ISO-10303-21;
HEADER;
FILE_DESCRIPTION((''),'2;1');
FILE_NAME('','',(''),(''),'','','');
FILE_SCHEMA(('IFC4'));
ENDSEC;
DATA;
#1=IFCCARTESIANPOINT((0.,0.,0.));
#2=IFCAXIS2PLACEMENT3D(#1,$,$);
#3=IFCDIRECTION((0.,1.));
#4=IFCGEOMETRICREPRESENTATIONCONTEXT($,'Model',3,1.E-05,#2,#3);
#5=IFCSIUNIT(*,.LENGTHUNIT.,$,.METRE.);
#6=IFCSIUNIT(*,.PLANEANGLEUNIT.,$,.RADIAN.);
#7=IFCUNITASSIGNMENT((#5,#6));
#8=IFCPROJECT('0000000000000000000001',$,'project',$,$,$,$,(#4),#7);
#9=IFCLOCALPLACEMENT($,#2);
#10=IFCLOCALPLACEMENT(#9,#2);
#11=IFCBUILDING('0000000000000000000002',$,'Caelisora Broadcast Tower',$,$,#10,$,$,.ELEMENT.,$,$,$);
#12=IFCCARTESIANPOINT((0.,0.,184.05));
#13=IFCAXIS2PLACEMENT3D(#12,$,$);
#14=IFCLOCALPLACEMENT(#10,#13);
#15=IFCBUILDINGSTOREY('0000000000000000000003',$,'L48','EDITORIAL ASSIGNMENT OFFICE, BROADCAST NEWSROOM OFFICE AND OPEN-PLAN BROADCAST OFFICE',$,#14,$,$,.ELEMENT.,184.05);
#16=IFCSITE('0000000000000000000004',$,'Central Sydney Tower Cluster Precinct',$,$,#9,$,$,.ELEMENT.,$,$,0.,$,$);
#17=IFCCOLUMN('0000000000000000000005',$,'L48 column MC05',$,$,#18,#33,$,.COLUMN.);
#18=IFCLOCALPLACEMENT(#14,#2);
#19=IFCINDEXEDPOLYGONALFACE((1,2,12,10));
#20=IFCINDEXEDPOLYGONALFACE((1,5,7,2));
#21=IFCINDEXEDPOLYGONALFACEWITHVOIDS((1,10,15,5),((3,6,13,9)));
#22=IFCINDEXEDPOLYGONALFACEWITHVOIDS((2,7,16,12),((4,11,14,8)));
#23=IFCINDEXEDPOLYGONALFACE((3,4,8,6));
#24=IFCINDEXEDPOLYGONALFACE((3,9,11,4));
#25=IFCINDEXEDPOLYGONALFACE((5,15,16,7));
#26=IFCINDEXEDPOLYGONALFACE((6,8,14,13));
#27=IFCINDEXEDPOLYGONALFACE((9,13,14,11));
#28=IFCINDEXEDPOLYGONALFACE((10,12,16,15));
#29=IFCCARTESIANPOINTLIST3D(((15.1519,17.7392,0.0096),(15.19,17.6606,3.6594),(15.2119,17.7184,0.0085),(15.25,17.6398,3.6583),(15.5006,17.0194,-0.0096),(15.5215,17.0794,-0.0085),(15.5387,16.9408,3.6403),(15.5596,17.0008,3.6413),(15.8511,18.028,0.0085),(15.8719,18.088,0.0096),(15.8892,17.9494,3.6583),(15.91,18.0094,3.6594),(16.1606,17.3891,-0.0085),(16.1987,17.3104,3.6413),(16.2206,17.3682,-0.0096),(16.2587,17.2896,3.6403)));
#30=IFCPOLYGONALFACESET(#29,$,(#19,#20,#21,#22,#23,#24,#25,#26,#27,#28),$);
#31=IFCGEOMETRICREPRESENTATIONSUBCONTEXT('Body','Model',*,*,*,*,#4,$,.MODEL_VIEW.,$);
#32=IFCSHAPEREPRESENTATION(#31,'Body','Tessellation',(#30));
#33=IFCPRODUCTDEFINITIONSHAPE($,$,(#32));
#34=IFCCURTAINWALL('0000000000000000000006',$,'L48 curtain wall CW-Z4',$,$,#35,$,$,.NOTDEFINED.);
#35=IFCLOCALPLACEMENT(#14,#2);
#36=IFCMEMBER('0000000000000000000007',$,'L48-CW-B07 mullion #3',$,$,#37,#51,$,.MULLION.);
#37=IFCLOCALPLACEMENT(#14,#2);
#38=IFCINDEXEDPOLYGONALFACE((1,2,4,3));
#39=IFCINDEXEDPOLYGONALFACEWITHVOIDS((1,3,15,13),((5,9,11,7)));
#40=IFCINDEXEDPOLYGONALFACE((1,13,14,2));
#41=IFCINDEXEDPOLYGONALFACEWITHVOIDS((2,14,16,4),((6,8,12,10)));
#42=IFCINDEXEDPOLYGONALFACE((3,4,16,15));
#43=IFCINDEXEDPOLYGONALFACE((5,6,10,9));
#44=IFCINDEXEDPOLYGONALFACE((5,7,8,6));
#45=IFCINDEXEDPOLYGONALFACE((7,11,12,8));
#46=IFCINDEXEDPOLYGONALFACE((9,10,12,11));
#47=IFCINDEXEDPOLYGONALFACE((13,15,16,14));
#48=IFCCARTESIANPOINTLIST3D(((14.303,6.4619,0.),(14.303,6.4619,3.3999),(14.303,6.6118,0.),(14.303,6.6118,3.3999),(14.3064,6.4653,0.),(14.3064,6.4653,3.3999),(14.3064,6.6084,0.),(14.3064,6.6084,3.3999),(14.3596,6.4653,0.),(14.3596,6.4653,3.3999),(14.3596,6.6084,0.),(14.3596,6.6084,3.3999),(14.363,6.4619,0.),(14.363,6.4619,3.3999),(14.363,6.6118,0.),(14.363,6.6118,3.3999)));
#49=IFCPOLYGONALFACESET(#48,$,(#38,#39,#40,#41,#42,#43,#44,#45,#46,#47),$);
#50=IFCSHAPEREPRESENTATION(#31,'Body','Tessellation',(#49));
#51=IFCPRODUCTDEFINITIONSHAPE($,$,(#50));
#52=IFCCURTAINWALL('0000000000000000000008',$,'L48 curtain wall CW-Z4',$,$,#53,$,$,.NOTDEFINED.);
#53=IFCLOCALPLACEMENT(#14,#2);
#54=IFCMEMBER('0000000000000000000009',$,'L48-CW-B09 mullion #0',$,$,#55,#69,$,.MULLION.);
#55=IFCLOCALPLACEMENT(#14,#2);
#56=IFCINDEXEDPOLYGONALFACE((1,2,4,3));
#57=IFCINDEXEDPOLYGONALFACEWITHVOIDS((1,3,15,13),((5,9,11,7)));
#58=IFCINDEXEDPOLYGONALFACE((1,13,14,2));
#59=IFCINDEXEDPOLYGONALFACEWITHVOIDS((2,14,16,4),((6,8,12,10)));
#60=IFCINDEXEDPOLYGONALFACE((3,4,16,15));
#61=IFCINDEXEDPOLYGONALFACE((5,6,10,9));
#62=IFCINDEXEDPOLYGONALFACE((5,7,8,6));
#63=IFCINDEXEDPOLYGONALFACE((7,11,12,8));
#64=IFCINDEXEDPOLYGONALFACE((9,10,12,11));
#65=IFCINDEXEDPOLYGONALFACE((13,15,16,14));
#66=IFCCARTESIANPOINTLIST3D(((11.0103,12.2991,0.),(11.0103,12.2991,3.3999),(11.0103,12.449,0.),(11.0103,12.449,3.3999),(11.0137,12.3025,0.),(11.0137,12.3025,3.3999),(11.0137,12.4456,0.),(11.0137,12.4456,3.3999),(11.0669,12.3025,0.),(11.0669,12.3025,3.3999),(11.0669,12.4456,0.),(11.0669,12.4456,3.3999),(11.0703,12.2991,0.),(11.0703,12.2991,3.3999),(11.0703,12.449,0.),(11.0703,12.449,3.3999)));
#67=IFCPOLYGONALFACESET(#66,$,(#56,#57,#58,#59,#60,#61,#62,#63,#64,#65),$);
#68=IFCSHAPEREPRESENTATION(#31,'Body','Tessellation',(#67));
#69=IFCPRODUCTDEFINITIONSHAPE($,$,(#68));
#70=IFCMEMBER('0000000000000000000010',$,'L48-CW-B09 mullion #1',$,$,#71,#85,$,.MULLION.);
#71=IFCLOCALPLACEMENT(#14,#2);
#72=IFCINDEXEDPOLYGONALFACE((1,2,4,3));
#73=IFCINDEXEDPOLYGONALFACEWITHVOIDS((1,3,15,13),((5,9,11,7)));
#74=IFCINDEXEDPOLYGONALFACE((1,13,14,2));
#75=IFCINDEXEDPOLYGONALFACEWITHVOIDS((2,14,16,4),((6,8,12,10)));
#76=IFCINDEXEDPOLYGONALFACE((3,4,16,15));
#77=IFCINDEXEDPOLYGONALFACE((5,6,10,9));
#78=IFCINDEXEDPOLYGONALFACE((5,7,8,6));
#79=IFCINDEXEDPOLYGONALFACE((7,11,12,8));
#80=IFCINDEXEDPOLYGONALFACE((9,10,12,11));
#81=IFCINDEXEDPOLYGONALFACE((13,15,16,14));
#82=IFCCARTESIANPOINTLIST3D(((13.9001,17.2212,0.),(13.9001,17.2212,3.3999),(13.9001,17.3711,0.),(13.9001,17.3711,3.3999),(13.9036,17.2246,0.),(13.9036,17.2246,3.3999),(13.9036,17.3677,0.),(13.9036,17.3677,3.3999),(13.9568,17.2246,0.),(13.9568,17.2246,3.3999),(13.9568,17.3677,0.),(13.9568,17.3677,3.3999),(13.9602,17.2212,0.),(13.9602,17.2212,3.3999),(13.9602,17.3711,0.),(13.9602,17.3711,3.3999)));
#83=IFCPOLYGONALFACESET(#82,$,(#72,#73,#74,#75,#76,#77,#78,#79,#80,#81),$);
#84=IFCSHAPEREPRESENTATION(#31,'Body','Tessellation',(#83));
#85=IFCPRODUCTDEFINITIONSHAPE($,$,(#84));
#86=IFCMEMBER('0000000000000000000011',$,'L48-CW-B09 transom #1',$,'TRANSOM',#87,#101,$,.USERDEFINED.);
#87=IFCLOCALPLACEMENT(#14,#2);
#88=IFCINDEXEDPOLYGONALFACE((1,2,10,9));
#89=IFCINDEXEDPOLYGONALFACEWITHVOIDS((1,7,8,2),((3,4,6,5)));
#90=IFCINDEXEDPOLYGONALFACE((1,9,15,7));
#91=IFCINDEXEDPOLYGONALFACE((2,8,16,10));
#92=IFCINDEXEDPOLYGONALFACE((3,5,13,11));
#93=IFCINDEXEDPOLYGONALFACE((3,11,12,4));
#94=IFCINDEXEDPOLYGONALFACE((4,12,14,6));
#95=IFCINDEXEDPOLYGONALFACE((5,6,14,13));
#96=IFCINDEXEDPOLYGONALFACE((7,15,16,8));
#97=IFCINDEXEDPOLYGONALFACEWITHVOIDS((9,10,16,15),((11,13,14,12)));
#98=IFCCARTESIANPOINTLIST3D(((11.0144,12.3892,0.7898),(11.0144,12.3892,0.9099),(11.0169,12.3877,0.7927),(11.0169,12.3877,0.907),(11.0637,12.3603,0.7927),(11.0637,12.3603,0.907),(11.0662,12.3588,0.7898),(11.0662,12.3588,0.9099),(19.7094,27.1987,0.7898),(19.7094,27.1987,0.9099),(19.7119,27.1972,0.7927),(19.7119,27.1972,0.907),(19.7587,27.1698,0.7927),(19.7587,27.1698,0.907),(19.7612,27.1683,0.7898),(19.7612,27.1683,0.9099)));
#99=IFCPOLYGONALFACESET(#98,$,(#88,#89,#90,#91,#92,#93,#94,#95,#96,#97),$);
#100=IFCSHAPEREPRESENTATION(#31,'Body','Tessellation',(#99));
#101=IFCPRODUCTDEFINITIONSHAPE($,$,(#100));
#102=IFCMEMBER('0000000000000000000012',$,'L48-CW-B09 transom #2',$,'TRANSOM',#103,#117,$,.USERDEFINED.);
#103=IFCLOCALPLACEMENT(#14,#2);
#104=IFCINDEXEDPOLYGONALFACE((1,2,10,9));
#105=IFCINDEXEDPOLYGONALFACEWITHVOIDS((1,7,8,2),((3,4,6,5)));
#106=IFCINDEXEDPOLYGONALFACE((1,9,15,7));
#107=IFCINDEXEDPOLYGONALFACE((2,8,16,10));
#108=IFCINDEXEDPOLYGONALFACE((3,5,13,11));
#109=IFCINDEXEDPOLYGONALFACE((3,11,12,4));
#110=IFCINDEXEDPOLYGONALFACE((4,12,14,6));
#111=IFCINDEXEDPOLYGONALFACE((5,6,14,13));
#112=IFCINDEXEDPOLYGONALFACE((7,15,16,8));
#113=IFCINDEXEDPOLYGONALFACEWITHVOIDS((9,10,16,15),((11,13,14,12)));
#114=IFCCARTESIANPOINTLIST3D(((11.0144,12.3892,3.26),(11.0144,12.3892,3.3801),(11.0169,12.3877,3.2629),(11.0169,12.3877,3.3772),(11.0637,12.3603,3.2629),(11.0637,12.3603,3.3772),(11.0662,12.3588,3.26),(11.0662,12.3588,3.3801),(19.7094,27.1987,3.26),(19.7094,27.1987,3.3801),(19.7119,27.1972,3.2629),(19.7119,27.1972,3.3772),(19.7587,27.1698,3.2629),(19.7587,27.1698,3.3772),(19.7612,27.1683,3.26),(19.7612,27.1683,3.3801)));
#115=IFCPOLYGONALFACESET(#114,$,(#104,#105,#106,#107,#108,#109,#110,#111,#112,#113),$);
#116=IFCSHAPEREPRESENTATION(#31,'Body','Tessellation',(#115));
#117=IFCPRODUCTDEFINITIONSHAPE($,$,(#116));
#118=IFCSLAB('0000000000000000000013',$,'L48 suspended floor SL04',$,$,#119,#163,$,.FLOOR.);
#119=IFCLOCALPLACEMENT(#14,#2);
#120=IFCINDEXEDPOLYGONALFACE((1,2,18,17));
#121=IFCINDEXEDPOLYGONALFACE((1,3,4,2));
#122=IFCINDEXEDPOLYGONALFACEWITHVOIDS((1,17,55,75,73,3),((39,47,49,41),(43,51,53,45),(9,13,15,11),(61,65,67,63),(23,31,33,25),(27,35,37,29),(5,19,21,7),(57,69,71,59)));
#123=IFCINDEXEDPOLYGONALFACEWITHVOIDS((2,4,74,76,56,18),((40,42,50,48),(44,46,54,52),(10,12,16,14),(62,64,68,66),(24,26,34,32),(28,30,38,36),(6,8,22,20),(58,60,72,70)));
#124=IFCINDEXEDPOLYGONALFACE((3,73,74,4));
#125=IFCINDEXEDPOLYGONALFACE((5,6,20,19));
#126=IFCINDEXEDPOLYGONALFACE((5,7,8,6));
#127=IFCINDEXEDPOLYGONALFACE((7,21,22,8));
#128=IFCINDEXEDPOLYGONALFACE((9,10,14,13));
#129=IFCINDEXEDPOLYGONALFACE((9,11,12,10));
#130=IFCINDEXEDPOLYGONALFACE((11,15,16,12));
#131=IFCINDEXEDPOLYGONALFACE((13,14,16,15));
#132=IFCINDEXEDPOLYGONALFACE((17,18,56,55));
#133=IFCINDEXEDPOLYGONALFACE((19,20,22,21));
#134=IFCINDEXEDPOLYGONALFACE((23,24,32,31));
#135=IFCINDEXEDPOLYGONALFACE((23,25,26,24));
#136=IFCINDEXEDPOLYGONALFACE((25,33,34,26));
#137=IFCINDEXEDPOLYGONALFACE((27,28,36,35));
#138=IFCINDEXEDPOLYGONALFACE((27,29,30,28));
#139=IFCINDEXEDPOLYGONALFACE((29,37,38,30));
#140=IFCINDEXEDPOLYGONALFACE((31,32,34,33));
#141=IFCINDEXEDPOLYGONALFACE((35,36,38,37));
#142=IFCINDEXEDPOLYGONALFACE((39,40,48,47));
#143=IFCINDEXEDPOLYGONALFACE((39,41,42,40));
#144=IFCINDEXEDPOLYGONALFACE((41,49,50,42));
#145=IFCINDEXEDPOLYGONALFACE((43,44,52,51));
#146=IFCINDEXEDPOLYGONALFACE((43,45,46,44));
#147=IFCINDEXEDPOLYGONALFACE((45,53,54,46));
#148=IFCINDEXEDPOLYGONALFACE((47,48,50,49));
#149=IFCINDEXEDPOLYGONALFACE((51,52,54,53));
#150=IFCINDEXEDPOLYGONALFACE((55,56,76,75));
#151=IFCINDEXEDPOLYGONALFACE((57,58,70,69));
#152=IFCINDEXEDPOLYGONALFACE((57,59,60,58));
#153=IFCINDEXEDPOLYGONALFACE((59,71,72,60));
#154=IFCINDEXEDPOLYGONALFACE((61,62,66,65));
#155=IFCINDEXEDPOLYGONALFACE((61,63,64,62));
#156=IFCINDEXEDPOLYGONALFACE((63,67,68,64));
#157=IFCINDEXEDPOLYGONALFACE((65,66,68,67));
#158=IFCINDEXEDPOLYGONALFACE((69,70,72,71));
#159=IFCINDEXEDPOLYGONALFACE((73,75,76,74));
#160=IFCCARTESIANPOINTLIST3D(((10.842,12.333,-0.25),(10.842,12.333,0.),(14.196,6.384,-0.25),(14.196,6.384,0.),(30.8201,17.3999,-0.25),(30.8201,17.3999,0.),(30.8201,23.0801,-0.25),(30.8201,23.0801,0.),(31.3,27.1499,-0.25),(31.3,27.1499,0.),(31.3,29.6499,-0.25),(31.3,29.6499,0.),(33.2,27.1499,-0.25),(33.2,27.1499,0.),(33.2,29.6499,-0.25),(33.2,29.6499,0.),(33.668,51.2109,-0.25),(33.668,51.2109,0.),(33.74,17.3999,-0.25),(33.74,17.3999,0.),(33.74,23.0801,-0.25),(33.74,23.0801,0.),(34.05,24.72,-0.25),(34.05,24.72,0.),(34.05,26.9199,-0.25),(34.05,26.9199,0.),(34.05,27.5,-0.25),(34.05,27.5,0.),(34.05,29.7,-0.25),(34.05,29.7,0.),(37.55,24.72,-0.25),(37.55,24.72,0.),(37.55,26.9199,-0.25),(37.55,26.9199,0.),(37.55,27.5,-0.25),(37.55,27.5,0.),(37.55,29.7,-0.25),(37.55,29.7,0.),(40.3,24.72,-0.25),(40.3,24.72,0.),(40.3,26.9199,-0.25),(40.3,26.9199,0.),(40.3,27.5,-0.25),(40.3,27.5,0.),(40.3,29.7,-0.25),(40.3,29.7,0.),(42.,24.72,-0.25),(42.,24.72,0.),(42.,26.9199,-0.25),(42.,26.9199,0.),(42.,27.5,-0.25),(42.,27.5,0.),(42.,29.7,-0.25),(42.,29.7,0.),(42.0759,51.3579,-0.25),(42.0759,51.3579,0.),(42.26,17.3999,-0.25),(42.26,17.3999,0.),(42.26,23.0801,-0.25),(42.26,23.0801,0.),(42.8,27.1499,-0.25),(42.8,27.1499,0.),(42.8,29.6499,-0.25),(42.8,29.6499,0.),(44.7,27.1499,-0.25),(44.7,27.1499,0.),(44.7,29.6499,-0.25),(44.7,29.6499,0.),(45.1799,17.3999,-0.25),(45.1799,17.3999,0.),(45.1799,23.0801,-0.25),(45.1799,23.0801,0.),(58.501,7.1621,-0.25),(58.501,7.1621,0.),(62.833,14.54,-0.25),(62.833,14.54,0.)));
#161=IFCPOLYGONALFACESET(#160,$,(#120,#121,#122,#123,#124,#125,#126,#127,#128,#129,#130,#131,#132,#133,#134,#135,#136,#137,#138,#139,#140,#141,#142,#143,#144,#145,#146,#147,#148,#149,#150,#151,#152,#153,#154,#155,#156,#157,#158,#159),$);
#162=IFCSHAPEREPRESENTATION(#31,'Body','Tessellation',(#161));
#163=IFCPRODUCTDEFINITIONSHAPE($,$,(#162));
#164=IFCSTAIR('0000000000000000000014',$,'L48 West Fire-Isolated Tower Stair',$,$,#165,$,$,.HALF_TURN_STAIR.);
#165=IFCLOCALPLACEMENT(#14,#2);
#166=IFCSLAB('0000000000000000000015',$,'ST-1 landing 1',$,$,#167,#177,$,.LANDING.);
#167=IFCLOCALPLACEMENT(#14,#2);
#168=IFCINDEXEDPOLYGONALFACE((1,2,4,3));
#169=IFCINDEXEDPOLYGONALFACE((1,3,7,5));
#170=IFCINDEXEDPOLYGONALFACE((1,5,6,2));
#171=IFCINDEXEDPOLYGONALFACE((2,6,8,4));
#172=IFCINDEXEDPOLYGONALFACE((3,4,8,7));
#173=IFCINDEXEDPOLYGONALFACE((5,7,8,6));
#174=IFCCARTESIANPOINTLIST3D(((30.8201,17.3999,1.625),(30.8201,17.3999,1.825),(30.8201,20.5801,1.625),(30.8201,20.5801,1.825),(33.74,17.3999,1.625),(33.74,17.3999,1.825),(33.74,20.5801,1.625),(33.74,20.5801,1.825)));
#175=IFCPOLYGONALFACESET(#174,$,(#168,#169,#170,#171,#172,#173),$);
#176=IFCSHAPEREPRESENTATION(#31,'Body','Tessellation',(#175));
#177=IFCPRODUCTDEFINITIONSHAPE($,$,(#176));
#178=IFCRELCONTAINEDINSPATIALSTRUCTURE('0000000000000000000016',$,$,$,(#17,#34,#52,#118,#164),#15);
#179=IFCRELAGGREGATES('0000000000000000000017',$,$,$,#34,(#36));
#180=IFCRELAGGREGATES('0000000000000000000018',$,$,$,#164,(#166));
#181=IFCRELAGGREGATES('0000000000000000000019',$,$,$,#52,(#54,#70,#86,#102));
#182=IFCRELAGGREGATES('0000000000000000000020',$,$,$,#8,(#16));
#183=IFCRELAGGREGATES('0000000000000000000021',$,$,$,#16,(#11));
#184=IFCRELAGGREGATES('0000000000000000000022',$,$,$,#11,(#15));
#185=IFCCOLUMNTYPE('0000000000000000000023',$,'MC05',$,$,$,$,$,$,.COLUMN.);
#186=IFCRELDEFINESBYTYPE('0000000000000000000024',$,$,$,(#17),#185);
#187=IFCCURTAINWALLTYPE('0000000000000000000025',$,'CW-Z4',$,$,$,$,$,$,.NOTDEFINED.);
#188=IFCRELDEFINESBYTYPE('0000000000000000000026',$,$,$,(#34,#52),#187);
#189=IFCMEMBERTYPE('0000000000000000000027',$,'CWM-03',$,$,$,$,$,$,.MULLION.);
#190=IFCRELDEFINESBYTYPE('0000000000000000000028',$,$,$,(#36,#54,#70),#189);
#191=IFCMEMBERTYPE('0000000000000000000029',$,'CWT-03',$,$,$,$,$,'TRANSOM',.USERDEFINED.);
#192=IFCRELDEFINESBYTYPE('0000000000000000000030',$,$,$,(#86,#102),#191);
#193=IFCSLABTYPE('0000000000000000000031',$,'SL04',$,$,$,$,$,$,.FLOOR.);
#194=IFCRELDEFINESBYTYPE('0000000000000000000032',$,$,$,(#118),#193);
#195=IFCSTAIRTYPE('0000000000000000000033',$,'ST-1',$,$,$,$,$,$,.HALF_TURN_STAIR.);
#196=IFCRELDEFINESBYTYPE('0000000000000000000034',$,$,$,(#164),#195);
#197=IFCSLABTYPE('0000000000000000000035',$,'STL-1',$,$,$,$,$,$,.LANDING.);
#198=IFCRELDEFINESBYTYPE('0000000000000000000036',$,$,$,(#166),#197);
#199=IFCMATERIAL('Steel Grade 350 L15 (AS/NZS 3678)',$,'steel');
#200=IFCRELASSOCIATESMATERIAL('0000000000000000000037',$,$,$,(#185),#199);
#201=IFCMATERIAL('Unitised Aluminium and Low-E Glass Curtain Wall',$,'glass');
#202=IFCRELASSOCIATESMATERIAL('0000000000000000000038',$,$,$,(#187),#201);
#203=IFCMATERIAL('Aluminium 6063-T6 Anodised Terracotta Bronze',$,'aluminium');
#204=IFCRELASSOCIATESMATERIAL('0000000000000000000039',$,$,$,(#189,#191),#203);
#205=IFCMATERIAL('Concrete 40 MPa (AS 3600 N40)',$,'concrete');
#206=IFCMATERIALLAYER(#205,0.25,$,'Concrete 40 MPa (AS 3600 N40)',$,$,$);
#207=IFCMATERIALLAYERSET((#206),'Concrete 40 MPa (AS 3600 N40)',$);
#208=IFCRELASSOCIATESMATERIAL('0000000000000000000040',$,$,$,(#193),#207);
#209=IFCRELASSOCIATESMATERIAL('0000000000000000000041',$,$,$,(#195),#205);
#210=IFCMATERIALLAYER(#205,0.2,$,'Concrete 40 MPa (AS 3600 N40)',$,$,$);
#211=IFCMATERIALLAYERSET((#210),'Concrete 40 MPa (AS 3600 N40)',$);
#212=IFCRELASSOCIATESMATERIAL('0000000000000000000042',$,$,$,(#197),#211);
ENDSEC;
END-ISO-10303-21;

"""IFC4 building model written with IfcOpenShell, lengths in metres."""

from ifc_helpers import new_model, si_unit, direction, frame, origin, origin_2d, place, context, subcontext, project, spatial, polyline, hollow_rectangle, outline, extrude, source, transform, mapped, material, layer, layer_set, material_profile, profile_set, type_object, type_shapes, element, aggregate, save


model = new_model("IFC4")

# Units and contexts
model_context = context("Model", 3, precision=1e-05, world=origin(), true_north=direction((0.0, 1.0)))
body_context = subcontext(model_context, "Body", "Model", "MODEL_VIEW")
ifc_project = project(units=[si_unit("LENGTHUNIT", "METRE"), si_unit("PLANEANGLEUNIT", "RADIAN")], contexts=[model_context])

# Site, building, storey
site_placement = place(None, origin())
site = spatial("IfcSite", under=ifc_project, at=site_placement, Name="Central Sydney Tower Cluster Precinct", CompositionType="ELEMENT", RefElevation=0.0)
building_placement = place(site_placement, origin())
building = spatial("IfcBuilding", under=site, at=building_placement, Name="Caelisora Broadcast Tower", CompositionType="ELEMENT")
storey_placement = place(building_placement, frame((0.0, 0.0, 184.05)))
storey = spatial("IfcBuildingStorey", under=building, at=storey_placement, Name="L48", Description="EDITORIAL ASSIGNMENT OFFICE, BROADCAST NEWSROOM OFFICE AND OPEN-PLAN BROADCAST OFFICE", CompositionType="ELEMENT", Elevation=184.05)

# Column
ifc_material_1 = material(Name="Steel Grade 350 L15 (AS/NZS 3678)", Category="steel")
ifc_material_profile_1 = material_profile(ifc_material_1, hollow_rectangle(XDim=0.8, YDim=0.8, WallThickness=0.0449, at=origin_2d()), Name="Steel Grade 350 L15 (AS/NZS 3678)")
ifc_profile_set_1 = profile_set([ifc_material_profile_1], Name="Steel Grade 350 L15 (AS/NZS 3678)")
column_type = type_object("IfcColumnType", Name="MC05", PredefinedType="COLUMN", material=ifc_profile_set_1)
shared_shape_1 = source(origin(), body_context, "Body", "SweptSolid", [
    extrude(hollow_rectangle(XDim=0.8, YDim=0.8, WallThickness=0.0449, at=origin_2d()), origin(), (0.0, 0.0, 1.0), 3.6509),
])
type_shapes(column_type, [shared_shape_1])
column_placement = place(storey_placement, frame((15.6863, 17.5537, 0.0), z_axis=(0.010432, -0.021532, 0.999714), x_axis=(0.899947, 0.435999, 0.0)))
element("IfcColumn", 1, at=column_placement, inside=storey, type_object=column_type, Name="L48 column MC05", PredefinedType="COLUMN", context=body_context, shape_type="MappedRepresentation", body=[
    mapped(shared_shape_1, transform((0.0, 0.0, 0.0), scale=1.0)),
])

# Curtain wall, member
ifc_material_2 = material(Name="Unitised Aluminium and Low-E Glass Curtain Wall", Category="glass")
curtain_wall_type = type_object("IfcCurtainWallType", Name="CW-Z4", PredefinedType="NOTDEFINED", material=ifc_material_2)
curtain_wall_1_placement = place(storey_placement, origin())
curtain_wall_1 = element("IfcCurtainWall", 2, at=curtain_wall_1_placement, inside=storey, type_object=curtain_wall_type, Name="L48 curtain wall CW-Z4", PredefinedType="NOTDEFINED")
ifc_material_3 = material(Name="Aluminium 6063-T6 Anodised Terracotta Bronze", Category="aluminium")
ifc_material_profile_2 = material_profile(ifc_material_3, hollow_rectangle(XDim=0.0601, YDim=0.1499, WallThickness=0.0034, at=origin_2d()), Name="Aluminium 6063-T6 Anodised Terracotta Bronze")
ifc_profile_set_2 = profile_set([ifc_material_profile_2], Name="Aluminium 6063-T6 Anodised Terracotta Bronze")
member_type_1 = type_object("IfcMemberType", Name="CWM-03", PredefinedType="MULLION", material=ifc_profile_set_2)
shared_shape_2 = source(origin(), body_context, "Body", "SweptSolid", [
    extrude(hollow_rectangle(XDim=0.0601, YDim=0.1499, WallThickness=0.0034, at=origin_2d()), origin(), (0.0, 0.0, 1.0), 3.3999),
])
type_shapes(member_type_1, [shared_shape_2])
member_1_placement = place(storey_placement, frame((14.333, 6.5369, 0.0), z_axis=(0.0, 0.0, 1.0), x_axis=(1.0, 0.0, 0.0)))
member_1 = element("IfcMember", 3, at=member_1_placement, type_object=member_type_1, Name="L48-CW-B07 mullion #3", PredefinedType="MULLION", context=body_context, shape_type="MappedRepresentation", body=[
    mapped(shared_shape_2, transform((0.0, 0.0, 0.0), scale=1.0)),
])
aggregate(curtain_wall_1, [member_1])

# Curtain wall, members
curtain_wall_2_placement = place(storey_placement, origin())
curtain_wall_2 = element("IfcCurtainWall", 4, at=curtain_wall_2_placement, inside=storey, type_object=curtain_wall_type, Name="L48 curtain wall CW-Z4", PredefinedType="NOTDEFINED")
member_2_placement = place(storey_placement, frame((11.0403, 12.374, 0.0), z_axis=(0.0, 0.0, 1.0), x_axis=(1.0, 0.0, 0.0)))
member_2 = element("IfcMember", 5, at=member_2_placement, type_object=member_type_1, Name="L48-CW-B09 mullion #0", PredefinedType="MULLION", context=body_context, shape_type="MappedRepresentation", body=[
    mapped(shared_shape_2, transform((0.0, 0.0, 0.0), scale=1.0)),
])
member_3_placement = place(storey_placement, frame((13.9302, 17.2961, 0.0), z_axis=(0.0, 0.0, 1.0), x_axis=(1.0, 0.0, 0.0)))
member_3 = element("IfcMember", 6, at=member_3_placement, type_object=member_type_1, Name="L48-CW-B09 mullion #1", PredefinedType="MULLION", context=body_context, shape_type="MappedRepresentation", body=[
    mapped(shared_shape_2, transform((0.0, 0.0, 0.0), scale=1.0)),
])
ifc_material_profile_3 = material_profile(ifc_material_3, hollow_rectangle(XDim=0.0601, YDim=0.1201, WallThickness=0.0029, at=origin_2d()), Name="Aluminium 6063-T6 Anodised Terracotta Bronze")
ifc_profile_set_3 = profile_set([ifc_material_profile_3], Name="Aluminium 6063-T6 Anodised Terracotta Bronze")
member_type_2 = type_object("IfcMemberType", Name="CWT-03", ElementType="TRANSOM", PredefinedType="USERDEFINED", material=ifc_profile_set_3)
shared_shape_3 = source(origin(), body_context, "Body", "SweptSolid", [
    extrude(hollow_rectangle(XDim=0.0601, YDim=0.1201, WallThickness=0.0029, at=origin_2d()), origin(), (0.0, 0.0, 1.0), 17.1733),
])
type_shapes(member_type_2, [shared_shape_3])
member_4_placement = place(storey_placement, frame((11.0403, 12.374, 0.8499), z_axis=(0.506309, 0.862352, 0.0), x_axis=(-0.862352, 0.506309, 0.0)))
member_4 = element("IfcMember", 7, at=member_4_placement, type_object=member_type_2, Name="L48-CW-B09 transom #1", ObjectType="TRANSOM", PredefinedType="USERDEFINED", context=body_context, shape_type="MappedRepresentation", body=[
    mapped(shared_shape_3, transform((0.0, 0.0, 0.0), scale=1.0)),
])
member_5_placement = place(storey_placement, frame((11.0403, 12.374, 3.3201), z_axis=(0.506309, 0.862352, 0.0), x_axis=(-0.862352, 0.506309, 0.0)))
member_5 = element("IfcMember", 8, at=member_5_placement, type_object=member_type_2, Name="L48-CW-B09 transom #2", ObjectType="TRANSOM", PredefinedType="USERDEFINED", context=body_context, shape_type="MappedRepresentation", body=[
    mapped(shared_shape_3, transform((0.0, 0.0, 0.0), scale=1.0)),
])

# Slab
ifc_material_4 = material(Name="Concrete 40 MPa (AS 3600 N40)", Category="concrete")
ifc_layer_1 = layer(ifc_material_4, 0.25, Name="Concrete 40 MPa (AS 3600 N40)")
ifc_layer_set_1 = layer_set([ifc_layer_1], Name="Concrete 40 MPa (AS 3600 N40)")
slab_type_1 = type_object("IfcSlabType", Name="SL04", PredefinedType="FLOOR", material=ifc_layer_set_1)
slab_1_placement = place(storey_placement, frame((0.0, 0.0, -0.25)))
element("IfcSlab", 9, at=slab_1_placement, inside=storey, type_object=slab_type_1, Name="L48 suspended floor SL04", PredefinedType="FLOOR", context=body_context, shape_type="SweptSolid", body=[
    extrude(outline(polyline([(42.0759, 51.3579), (33.668, 51.2109), (10.842, 12.333), (14.196, 6.384), (58.501, 7.1621), (62.833, 14.54), (42.0759, 51.3579)]), holes=[polyline([(30.8201, 17.3999), (33.74, 17.3999), (33.74, 23.0801), (30.8201, 23.0801), (30.8201, 17.3999)]), polyline([(42.26, 17.3999), (45.1799, 17.3999), (45.1799, 23.0801), (42.26, 23.0801), (42.26, 17.3999)]), polyline([(42.8, 27.1499), (44.7, 27.1499), (44.7, 29.6499), (42.8, 29.6499), (42.8, 27.1499)]), polyline([(40.3, 24.72), (42.0, 24.72), (42.0, 26.9199), (40.3, 26.9199), (40.3, 24.72)]), polyline([(40.3, 27.5), (42.0, 27.5), (42.0, 29.7), (40.3, 29.7), (40.3, 27.5)]), polyline([(34.05, 24.72), (37.55, 24.72), (37.55, 26.9199), (34.05, 26.9199), (34.05, 24.72)]), polyline([(34.05, 27.5), (37.55, 27.5), (37.55, 29.7), (34.05, 29.7), (34.05, 27.5)]), polyline([(31.3, 27.1499), (33.2, 27.1499), (33.2, 29.6499), (31.3, 29.6499), (31.3, 27.1499)])]), origin(), (0.0, 0.0, 1.0), 0.25),
])

# Stair, slab
stair_type_1 = type_object("IfcStairType", Name="ST-1", PredefinedType="HALF_TURN_STAIR", material=ifc_material_4)
stair_1_placement = place(storey_placement, origin())
stair_1 = element("IfcStair", 10, at=stair_1_placement, inside=storey, type_object=stair_type_1, Name="L48 West Fire-Isolated Tower Stair", PredefinedType="HALF_TURN_STAIR")
ifc_layer_2 = layer(ifc_material_4, 0.2, Name="Concrete 40 MPa (AS 3600 N40)")
ifc_layer_set_2 = layer_set([ifc_layer_2], Name="Concrete 40 MPa (AS 3600 N40)")
slab_type_2 = type_object("IfcSlabType", Name="STL-1", PredefinedType="LANDING", material=ifc_layer_set_2)
slab_2_placement = place(storey_placement, frame((0.0, 0.0, 1.625)))
slab_2 = element("IfcSlab", 11, at=slab_2_placement, type_object=slab_type_2, Name="ST-1 landing 1", PredefinedType="LANDING", context=body_context, shape_type="SweptSolid", body=[
    extrude(outline(polyline([(30.8201, 20.5801), (30.8201, 17.3999), (33.74, 17.3999), (33.74, 20.5801), (30.8201, 20.5801)])), origin(), (0.0, 0.0, 1.0), 0.2),
])
aggregate(stair_1, [slab_2])

aggregate(curtain_wall_2, [member_2, member_3, member_4, member_5])

save(model, "model.ifc")
